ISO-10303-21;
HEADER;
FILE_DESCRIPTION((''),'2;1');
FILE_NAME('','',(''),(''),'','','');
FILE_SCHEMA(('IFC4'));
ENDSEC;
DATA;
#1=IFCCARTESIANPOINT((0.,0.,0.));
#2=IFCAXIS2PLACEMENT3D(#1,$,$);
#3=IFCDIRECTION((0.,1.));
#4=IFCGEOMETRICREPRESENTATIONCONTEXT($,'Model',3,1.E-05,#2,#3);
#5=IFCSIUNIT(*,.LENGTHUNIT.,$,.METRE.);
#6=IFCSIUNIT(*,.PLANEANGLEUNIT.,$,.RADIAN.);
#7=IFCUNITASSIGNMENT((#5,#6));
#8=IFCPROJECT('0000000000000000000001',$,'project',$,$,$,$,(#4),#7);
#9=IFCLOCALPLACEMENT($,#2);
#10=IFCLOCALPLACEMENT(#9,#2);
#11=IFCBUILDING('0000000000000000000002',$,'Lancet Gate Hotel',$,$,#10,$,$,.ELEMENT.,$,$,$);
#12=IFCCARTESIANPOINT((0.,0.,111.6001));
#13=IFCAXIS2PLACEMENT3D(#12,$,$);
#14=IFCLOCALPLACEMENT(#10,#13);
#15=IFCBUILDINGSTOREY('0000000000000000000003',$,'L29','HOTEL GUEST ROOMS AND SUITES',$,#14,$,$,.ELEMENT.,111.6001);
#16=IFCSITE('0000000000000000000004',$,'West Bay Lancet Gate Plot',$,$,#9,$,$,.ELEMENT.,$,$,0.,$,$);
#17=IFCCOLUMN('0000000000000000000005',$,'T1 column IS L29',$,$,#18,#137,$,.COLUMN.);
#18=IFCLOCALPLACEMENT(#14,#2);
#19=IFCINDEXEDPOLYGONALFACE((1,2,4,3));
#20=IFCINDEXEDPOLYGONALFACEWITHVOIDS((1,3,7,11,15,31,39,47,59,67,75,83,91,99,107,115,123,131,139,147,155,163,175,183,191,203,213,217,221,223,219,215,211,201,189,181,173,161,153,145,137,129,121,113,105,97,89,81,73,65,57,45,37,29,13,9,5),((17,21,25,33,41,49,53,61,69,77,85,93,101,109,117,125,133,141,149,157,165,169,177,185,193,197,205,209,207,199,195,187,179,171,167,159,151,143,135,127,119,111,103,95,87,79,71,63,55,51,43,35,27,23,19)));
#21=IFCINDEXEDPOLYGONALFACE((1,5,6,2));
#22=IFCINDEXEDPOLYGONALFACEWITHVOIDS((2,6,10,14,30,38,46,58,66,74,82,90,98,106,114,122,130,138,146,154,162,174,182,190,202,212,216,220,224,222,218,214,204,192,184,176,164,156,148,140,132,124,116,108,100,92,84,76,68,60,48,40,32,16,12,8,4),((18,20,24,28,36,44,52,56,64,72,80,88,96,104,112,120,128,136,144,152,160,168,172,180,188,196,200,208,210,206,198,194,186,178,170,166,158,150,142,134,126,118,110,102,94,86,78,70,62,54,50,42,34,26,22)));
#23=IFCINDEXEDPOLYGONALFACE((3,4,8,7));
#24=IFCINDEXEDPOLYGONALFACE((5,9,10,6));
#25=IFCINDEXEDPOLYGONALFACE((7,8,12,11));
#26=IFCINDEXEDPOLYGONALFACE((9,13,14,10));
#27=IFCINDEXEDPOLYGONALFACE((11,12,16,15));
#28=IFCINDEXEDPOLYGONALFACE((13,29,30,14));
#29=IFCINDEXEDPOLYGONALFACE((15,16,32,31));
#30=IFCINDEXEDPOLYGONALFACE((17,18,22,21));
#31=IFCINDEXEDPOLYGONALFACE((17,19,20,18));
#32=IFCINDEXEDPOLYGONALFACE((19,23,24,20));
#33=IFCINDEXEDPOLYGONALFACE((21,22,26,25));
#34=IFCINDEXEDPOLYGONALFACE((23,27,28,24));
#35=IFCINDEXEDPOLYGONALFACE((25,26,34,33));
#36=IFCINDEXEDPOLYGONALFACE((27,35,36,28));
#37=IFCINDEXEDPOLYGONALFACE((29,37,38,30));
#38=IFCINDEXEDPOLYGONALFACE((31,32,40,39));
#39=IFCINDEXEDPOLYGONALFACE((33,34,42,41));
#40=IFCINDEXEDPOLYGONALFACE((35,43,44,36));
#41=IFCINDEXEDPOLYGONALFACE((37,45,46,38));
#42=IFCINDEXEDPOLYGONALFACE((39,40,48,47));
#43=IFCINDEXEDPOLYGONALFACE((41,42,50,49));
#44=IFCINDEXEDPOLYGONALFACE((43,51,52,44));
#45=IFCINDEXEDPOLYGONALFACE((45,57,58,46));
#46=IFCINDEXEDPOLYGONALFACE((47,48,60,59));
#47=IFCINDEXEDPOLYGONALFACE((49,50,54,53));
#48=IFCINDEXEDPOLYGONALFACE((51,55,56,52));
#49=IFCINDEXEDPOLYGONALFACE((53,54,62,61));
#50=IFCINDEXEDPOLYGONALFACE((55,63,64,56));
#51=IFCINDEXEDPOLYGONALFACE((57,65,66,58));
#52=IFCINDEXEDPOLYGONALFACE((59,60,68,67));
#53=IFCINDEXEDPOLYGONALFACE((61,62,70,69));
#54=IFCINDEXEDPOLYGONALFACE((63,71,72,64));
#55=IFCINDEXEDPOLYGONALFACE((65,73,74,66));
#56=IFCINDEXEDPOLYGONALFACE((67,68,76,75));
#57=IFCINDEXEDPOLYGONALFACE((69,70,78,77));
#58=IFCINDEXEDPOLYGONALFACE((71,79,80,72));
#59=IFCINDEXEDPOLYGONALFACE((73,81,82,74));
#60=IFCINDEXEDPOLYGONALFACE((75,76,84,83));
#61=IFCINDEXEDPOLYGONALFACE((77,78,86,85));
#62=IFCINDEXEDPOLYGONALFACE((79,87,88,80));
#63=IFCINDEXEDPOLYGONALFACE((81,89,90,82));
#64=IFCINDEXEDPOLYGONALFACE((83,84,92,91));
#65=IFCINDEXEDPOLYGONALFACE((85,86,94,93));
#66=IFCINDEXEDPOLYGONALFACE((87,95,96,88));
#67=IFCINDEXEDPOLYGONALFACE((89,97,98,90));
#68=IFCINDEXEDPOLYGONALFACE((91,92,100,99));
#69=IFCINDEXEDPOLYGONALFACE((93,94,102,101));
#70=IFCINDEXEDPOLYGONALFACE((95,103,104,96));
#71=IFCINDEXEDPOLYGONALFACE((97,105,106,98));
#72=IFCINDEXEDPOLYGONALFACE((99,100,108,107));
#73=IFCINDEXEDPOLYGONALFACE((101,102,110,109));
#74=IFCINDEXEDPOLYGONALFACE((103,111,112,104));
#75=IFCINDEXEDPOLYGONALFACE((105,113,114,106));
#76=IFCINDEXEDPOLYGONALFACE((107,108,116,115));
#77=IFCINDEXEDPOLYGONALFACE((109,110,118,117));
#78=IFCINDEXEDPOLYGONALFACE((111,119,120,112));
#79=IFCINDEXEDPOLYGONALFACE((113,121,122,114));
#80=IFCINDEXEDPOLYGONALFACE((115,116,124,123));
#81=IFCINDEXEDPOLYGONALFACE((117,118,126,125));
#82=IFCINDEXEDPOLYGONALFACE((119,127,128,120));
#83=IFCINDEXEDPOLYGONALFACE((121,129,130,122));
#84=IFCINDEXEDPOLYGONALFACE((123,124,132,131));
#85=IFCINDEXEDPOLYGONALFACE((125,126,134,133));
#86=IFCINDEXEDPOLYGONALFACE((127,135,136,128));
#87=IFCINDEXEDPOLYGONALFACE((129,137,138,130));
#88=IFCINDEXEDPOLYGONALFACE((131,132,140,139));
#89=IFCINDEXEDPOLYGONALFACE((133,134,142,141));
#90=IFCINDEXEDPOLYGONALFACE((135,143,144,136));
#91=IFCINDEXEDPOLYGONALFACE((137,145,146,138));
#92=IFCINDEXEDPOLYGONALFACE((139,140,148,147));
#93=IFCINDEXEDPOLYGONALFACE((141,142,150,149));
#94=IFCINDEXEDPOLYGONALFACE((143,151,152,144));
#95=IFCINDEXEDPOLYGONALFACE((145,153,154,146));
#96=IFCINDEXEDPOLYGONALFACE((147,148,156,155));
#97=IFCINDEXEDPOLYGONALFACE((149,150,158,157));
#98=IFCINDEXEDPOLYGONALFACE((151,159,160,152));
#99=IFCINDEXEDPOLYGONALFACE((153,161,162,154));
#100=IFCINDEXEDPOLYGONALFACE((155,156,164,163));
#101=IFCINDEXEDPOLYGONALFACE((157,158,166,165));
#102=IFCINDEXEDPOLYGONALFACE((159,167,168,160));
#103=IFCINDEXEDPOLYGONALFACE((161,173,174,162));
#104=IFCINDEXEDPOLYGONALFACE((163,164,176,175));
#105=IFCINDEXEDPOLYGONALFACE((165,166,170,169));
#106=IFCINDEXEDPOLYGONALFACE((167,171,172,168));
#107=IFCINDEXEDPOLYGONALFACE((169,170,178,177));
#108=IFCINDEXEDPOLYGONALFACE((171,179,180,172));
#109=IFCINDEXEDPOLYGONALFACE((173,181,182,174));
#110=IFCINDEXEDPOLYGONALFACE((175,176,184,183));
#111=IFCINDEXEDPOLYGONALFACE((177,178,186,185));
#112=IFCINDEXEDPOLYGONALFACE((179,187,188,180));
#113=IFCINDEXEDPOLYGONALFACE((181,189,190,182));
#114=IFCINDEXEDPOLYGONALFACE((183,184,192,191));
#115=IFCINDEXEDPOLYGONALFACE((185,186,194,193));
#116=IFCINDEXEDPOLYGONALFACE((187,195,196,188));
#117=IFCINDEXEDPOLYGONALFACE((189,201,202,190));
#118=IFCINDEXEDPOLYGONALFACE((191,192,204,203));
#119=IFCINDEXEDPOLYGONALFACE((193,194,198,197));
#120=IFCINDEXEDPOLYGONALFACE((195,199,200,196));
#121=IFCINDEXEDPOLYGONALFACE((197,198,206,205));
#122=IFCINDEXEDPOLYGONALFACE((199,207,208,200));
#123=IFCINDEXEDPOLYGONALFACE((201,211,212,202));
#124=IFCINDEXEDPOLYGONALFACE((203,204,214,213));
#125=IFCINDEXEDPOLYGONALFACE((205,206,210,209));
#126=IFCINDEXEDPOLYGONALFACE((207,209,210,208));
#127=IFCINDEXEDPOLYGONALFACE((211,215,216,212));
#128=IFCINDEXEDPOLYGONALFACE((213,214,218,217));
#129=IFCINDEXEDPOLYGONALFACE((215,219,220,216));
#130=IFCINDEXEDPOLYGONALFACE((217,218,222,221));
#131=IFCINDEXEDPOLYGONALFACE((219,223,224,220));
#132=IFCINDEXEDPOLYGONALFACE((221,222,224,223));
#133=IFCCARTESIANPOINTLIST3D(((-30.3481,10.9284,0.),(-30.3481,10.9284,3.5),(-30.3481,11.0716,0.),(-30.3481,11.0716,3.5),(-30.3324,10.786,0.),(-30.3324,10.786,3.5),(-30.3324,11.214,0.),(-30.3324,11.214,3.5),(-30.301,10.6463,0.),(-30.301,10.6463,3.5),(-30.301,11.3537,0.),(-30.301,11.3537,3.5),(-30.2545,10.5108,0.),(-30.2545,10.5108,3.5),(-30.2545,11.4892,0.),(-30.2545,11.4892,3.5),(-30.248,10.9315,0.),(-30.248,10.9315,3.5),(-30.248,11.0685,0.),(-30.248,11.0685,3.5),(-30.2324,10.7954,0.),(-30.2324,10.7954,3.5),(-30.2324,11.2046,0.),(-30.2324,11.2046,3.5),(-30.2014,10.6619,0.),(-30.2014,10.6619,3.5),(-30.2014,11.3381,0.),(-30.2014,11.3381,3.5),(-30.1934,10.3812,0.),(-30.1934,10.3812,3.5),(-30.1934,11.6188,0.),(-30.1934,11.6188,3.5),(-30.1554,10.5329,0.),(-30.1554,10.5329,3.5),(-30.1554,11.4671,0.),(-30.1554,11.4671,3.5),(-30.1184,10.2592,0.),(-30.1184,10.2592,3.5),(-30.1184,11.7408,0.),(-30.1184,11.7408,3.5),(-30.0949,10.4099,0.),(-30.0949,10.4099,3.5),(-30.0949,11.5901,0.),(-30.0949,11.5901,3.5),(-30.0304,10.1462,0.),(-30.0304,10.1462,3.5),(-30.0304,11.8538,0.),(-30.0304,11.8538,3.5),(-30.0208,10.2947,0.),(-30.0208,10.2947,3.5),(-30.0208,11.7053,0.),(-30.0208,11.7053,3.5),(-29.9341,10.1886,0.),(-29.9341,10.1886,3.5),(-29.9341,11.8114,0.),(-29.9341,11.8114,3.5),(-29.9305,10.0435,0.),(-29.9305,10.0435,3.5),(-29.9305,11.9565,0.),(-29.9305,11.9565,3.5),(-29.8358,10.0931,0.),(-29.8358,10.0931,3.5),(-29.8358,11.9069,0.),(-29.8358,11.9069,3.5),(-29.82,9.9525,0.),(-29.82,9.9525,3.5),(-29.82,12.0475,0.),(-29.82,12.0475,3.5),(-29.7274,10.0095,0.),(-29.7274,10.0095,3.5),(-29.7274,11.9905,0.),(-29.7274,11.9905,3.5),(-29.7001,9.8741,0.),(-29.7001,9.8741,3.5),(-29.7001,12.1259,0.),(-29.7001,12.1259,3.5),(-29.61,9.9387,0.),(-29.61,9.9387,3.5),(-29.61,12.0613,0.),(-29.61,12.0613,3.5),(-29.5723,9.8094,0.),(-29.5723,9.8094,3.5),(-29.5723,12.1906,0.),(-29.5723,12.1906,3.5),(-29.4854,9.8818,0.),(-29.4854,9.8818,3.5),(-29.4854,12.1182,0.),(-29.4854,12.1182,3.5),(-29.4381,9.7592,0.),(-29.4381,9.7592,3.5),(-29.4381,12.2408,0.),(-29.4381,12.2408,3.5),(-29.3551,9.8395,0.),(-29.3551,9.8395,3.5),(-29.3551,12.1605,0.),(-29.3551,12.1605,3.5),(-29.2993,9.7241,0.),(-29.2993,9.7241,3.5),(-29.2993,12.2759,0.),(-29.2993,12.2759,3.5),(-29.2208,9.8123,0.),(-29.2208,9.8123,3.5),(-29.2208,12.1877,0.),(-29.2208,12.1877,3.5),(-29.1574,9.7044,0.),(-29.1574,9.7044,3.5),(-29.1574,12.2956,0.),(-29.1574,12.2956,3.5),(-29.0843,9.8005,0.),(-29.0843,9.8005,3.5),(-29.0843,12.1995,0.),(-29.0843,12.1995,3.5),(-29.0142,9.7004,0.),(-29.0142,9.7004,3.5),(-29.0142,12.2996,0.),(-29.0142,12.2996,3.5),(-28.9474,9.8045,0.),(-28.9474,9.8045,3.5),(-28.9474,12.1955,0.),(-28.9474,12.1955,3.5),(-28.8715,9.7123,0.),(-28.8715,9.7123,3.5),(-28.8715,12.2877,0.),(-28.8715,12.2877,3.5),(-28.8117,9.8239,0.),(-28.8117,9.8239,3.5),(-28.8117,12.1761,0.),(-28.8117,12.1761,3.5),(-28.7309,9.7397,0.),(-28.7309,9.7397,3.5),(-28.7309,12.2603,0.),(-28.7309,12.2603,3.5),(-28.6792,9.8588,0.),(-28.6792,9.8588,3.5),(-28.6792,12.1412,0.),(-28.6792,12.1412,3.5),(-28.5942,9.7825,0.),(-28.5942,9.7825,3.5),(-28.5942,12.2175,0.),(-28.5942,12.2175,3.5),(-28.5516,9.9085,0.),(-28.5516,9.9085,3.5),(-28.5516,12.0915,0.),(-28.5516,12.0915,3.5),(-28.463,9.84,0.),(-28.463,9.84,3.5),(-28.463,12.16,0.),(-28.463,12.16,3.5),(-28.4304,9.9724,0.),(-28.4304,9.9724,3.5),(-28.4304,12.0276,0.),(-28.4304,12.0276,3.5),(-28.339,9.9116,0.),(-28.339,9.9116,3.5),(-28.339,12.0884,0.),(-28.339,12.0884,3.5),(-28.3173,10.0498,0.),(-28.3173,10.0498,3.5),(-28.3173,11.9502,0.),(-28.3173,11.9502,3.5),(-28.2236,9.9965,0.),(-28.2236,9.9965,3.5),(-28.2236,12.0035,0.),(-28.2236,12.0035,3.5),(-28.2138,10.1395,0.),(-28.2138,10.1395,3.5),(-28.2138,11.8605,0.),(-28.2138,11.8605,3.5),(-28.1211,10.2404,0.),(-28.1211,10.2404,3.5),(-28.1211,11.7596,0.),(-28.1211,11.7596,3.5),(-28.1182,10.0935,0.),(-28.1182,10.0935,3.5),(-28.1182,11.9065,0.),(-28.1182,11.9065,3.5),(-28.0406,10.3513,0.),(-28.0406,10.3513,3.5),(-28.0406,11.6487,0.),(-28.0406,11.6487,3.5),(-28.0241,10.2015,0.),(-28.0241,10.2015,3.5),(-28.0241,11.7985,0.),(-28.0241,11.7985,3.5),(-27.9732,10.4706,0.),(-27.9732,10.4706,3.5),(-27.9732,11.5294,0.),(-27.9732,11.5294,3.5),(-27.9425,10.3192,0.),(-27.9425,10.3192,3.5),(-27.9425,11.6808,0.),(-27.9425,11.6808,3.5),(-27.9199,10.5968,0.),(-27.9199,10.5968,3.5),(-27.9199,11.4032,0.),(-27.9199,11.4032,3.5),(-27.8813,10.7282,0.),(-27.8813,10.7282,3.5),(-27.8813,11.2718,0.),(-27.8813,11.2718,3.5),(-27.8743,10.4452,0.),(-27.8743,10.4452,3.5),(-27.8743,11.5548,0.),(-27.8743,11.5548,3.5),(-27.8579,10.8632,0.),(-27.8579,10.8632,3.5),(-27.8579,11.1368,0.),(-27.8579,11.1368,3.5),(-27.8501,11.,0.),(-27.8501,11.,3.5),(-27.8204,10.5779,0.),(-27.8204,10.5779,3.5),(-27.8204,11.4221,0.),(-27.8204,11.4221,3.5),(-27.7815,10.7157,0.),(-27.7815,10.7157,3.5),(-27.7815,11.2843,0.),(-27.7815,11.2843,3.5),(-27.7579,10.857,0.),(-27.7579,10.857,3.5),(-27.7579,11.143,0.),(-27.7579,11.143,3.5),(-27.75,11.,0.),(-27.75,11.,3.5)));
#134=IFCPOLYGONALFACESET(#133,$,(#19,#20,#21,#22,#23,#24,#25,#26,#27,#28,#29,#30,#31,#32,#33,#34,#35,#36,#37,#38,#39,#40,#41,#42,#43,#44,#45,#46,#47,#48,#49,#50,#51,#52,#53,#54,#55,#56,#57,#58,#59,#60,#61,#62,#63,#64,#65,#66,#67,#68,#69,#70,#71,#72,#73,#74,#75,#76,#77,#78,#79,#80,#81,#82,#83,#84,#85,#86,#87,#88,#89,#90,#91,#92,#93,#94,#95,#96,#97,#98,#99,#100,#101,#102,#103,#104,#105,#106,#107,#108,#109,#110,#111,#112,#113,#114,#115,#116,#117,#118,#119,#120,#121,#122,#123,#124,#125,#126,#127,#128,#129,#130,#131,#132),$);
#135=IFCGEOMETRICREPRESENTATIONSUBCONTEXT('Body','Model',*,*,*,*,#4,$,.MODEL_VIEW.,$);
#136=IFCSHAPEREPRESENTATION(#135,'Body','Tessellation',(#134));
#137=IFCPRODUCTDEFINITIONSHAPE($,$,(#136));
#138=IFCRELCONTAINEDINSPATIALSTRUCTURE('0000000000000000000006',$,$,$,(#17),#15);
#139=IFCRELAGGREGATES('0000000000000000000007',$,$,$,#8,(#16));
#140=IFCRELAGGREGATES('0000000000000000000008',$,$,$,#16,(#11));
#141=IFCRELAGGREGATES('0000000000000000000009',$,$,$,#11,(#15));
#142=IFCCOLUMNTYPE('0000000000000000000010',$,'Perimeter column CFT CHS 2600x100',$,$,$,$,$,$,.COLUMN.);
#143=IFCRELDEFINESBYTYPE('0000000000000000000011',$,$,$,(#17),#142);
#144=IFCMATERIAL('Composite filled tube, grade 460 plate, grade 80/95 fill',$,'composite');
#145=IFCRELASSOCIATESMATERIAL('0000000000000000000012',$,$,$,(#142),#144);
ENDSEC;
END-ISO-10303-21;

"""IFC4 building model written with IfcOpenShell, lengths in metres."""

from ifc_helpers import new_model, si_unit, direction, frame, origin, origin_2d, place, context, subcontext, project, spatial, hollow_circle, extrude, material, material_profile, profile_set, type_object, element, save


model = new_model("IFC4")

# Units and contexts
model_context = context("Model", 3, precision=1e-05, world=origin(), true_north=direction((0.0, 1.0)))
body_context = subcontext(model_context, "Body", "Model", "MODEL_VIEW")
ifc_project = project(units=[si_unit("LENGTHUNIT", "METRE"), si_unit("PLANEANGLEUNIT", "RADIAN")], contexts=[model_context])

# Site, building, storey
site_placement = place(None, origin())
site = spatial("IfcSite", under=ifc_project, at=site_placement, Name="West Bay Lancet Gate Plot", CompositionType="ELEMENT", RefElevation=0.0)
building_placement = place(site_placement, origin())
building = spatial("IfcBuilding", under=site, at=building_placement, Name="Lancet Gate Hotel", CompositionType="ELEMENT")
storey_placement = place(building_placement, frame((0.0, 0.0, 111.6001)))
storey = spatial("IfcBuildingStorey", under=building, at=storey_placement, Name="L29", Description="HOTEL GUEST ROOMS AND SUITES", CompositionType="ELEMENT", Elevation=111.6001)

# Column
ifc_material_1 = material(Name="Composite filled tube, grade 460 plate, grade 80/95 fill", Category="composite")
ifc_material_profile_1 = material_profile(ifc_material_1, hollow_circle(Radius=1.3, WallThickness=0.1001, at=origin_2d()), Name="CHS 2600x100")
ifc_profile_set_1 = profile_set([ifc_material_profile_1], Name="Composite filled tube, grade 460 plate, grade 80/95 fill")
column_type = type_object("IfcColumnType", Name="Perimeter column CFT CHS 2600x100", PredefinedType="COLUMN", material=ifc_profile_set_1)
for number, where, z_axis, x_axis, name in (
    (1, (-29.05, 11.0, 0.0), (0.0, 0.0, 1.0), (1.0, 0.0, 0.0), "T1 column IS L29"),
):
    element("IfcColumn", number, at=place(storey_placement, frame(where, z_axis=z_axis, x_axis=x_axis)), inside=storey, type_object=column_type, Name=name, PredefinedType="COLUMN", context=body_context, shape_type="SweptSolid", body=[
        extrude(hollow_circle(Radius=1.3, WallThickness=0.1001, at=origin_2d()), origin(), (0.0, 0.0, 1.0), 3.5),
    ])

save(model, "model.ifc")
